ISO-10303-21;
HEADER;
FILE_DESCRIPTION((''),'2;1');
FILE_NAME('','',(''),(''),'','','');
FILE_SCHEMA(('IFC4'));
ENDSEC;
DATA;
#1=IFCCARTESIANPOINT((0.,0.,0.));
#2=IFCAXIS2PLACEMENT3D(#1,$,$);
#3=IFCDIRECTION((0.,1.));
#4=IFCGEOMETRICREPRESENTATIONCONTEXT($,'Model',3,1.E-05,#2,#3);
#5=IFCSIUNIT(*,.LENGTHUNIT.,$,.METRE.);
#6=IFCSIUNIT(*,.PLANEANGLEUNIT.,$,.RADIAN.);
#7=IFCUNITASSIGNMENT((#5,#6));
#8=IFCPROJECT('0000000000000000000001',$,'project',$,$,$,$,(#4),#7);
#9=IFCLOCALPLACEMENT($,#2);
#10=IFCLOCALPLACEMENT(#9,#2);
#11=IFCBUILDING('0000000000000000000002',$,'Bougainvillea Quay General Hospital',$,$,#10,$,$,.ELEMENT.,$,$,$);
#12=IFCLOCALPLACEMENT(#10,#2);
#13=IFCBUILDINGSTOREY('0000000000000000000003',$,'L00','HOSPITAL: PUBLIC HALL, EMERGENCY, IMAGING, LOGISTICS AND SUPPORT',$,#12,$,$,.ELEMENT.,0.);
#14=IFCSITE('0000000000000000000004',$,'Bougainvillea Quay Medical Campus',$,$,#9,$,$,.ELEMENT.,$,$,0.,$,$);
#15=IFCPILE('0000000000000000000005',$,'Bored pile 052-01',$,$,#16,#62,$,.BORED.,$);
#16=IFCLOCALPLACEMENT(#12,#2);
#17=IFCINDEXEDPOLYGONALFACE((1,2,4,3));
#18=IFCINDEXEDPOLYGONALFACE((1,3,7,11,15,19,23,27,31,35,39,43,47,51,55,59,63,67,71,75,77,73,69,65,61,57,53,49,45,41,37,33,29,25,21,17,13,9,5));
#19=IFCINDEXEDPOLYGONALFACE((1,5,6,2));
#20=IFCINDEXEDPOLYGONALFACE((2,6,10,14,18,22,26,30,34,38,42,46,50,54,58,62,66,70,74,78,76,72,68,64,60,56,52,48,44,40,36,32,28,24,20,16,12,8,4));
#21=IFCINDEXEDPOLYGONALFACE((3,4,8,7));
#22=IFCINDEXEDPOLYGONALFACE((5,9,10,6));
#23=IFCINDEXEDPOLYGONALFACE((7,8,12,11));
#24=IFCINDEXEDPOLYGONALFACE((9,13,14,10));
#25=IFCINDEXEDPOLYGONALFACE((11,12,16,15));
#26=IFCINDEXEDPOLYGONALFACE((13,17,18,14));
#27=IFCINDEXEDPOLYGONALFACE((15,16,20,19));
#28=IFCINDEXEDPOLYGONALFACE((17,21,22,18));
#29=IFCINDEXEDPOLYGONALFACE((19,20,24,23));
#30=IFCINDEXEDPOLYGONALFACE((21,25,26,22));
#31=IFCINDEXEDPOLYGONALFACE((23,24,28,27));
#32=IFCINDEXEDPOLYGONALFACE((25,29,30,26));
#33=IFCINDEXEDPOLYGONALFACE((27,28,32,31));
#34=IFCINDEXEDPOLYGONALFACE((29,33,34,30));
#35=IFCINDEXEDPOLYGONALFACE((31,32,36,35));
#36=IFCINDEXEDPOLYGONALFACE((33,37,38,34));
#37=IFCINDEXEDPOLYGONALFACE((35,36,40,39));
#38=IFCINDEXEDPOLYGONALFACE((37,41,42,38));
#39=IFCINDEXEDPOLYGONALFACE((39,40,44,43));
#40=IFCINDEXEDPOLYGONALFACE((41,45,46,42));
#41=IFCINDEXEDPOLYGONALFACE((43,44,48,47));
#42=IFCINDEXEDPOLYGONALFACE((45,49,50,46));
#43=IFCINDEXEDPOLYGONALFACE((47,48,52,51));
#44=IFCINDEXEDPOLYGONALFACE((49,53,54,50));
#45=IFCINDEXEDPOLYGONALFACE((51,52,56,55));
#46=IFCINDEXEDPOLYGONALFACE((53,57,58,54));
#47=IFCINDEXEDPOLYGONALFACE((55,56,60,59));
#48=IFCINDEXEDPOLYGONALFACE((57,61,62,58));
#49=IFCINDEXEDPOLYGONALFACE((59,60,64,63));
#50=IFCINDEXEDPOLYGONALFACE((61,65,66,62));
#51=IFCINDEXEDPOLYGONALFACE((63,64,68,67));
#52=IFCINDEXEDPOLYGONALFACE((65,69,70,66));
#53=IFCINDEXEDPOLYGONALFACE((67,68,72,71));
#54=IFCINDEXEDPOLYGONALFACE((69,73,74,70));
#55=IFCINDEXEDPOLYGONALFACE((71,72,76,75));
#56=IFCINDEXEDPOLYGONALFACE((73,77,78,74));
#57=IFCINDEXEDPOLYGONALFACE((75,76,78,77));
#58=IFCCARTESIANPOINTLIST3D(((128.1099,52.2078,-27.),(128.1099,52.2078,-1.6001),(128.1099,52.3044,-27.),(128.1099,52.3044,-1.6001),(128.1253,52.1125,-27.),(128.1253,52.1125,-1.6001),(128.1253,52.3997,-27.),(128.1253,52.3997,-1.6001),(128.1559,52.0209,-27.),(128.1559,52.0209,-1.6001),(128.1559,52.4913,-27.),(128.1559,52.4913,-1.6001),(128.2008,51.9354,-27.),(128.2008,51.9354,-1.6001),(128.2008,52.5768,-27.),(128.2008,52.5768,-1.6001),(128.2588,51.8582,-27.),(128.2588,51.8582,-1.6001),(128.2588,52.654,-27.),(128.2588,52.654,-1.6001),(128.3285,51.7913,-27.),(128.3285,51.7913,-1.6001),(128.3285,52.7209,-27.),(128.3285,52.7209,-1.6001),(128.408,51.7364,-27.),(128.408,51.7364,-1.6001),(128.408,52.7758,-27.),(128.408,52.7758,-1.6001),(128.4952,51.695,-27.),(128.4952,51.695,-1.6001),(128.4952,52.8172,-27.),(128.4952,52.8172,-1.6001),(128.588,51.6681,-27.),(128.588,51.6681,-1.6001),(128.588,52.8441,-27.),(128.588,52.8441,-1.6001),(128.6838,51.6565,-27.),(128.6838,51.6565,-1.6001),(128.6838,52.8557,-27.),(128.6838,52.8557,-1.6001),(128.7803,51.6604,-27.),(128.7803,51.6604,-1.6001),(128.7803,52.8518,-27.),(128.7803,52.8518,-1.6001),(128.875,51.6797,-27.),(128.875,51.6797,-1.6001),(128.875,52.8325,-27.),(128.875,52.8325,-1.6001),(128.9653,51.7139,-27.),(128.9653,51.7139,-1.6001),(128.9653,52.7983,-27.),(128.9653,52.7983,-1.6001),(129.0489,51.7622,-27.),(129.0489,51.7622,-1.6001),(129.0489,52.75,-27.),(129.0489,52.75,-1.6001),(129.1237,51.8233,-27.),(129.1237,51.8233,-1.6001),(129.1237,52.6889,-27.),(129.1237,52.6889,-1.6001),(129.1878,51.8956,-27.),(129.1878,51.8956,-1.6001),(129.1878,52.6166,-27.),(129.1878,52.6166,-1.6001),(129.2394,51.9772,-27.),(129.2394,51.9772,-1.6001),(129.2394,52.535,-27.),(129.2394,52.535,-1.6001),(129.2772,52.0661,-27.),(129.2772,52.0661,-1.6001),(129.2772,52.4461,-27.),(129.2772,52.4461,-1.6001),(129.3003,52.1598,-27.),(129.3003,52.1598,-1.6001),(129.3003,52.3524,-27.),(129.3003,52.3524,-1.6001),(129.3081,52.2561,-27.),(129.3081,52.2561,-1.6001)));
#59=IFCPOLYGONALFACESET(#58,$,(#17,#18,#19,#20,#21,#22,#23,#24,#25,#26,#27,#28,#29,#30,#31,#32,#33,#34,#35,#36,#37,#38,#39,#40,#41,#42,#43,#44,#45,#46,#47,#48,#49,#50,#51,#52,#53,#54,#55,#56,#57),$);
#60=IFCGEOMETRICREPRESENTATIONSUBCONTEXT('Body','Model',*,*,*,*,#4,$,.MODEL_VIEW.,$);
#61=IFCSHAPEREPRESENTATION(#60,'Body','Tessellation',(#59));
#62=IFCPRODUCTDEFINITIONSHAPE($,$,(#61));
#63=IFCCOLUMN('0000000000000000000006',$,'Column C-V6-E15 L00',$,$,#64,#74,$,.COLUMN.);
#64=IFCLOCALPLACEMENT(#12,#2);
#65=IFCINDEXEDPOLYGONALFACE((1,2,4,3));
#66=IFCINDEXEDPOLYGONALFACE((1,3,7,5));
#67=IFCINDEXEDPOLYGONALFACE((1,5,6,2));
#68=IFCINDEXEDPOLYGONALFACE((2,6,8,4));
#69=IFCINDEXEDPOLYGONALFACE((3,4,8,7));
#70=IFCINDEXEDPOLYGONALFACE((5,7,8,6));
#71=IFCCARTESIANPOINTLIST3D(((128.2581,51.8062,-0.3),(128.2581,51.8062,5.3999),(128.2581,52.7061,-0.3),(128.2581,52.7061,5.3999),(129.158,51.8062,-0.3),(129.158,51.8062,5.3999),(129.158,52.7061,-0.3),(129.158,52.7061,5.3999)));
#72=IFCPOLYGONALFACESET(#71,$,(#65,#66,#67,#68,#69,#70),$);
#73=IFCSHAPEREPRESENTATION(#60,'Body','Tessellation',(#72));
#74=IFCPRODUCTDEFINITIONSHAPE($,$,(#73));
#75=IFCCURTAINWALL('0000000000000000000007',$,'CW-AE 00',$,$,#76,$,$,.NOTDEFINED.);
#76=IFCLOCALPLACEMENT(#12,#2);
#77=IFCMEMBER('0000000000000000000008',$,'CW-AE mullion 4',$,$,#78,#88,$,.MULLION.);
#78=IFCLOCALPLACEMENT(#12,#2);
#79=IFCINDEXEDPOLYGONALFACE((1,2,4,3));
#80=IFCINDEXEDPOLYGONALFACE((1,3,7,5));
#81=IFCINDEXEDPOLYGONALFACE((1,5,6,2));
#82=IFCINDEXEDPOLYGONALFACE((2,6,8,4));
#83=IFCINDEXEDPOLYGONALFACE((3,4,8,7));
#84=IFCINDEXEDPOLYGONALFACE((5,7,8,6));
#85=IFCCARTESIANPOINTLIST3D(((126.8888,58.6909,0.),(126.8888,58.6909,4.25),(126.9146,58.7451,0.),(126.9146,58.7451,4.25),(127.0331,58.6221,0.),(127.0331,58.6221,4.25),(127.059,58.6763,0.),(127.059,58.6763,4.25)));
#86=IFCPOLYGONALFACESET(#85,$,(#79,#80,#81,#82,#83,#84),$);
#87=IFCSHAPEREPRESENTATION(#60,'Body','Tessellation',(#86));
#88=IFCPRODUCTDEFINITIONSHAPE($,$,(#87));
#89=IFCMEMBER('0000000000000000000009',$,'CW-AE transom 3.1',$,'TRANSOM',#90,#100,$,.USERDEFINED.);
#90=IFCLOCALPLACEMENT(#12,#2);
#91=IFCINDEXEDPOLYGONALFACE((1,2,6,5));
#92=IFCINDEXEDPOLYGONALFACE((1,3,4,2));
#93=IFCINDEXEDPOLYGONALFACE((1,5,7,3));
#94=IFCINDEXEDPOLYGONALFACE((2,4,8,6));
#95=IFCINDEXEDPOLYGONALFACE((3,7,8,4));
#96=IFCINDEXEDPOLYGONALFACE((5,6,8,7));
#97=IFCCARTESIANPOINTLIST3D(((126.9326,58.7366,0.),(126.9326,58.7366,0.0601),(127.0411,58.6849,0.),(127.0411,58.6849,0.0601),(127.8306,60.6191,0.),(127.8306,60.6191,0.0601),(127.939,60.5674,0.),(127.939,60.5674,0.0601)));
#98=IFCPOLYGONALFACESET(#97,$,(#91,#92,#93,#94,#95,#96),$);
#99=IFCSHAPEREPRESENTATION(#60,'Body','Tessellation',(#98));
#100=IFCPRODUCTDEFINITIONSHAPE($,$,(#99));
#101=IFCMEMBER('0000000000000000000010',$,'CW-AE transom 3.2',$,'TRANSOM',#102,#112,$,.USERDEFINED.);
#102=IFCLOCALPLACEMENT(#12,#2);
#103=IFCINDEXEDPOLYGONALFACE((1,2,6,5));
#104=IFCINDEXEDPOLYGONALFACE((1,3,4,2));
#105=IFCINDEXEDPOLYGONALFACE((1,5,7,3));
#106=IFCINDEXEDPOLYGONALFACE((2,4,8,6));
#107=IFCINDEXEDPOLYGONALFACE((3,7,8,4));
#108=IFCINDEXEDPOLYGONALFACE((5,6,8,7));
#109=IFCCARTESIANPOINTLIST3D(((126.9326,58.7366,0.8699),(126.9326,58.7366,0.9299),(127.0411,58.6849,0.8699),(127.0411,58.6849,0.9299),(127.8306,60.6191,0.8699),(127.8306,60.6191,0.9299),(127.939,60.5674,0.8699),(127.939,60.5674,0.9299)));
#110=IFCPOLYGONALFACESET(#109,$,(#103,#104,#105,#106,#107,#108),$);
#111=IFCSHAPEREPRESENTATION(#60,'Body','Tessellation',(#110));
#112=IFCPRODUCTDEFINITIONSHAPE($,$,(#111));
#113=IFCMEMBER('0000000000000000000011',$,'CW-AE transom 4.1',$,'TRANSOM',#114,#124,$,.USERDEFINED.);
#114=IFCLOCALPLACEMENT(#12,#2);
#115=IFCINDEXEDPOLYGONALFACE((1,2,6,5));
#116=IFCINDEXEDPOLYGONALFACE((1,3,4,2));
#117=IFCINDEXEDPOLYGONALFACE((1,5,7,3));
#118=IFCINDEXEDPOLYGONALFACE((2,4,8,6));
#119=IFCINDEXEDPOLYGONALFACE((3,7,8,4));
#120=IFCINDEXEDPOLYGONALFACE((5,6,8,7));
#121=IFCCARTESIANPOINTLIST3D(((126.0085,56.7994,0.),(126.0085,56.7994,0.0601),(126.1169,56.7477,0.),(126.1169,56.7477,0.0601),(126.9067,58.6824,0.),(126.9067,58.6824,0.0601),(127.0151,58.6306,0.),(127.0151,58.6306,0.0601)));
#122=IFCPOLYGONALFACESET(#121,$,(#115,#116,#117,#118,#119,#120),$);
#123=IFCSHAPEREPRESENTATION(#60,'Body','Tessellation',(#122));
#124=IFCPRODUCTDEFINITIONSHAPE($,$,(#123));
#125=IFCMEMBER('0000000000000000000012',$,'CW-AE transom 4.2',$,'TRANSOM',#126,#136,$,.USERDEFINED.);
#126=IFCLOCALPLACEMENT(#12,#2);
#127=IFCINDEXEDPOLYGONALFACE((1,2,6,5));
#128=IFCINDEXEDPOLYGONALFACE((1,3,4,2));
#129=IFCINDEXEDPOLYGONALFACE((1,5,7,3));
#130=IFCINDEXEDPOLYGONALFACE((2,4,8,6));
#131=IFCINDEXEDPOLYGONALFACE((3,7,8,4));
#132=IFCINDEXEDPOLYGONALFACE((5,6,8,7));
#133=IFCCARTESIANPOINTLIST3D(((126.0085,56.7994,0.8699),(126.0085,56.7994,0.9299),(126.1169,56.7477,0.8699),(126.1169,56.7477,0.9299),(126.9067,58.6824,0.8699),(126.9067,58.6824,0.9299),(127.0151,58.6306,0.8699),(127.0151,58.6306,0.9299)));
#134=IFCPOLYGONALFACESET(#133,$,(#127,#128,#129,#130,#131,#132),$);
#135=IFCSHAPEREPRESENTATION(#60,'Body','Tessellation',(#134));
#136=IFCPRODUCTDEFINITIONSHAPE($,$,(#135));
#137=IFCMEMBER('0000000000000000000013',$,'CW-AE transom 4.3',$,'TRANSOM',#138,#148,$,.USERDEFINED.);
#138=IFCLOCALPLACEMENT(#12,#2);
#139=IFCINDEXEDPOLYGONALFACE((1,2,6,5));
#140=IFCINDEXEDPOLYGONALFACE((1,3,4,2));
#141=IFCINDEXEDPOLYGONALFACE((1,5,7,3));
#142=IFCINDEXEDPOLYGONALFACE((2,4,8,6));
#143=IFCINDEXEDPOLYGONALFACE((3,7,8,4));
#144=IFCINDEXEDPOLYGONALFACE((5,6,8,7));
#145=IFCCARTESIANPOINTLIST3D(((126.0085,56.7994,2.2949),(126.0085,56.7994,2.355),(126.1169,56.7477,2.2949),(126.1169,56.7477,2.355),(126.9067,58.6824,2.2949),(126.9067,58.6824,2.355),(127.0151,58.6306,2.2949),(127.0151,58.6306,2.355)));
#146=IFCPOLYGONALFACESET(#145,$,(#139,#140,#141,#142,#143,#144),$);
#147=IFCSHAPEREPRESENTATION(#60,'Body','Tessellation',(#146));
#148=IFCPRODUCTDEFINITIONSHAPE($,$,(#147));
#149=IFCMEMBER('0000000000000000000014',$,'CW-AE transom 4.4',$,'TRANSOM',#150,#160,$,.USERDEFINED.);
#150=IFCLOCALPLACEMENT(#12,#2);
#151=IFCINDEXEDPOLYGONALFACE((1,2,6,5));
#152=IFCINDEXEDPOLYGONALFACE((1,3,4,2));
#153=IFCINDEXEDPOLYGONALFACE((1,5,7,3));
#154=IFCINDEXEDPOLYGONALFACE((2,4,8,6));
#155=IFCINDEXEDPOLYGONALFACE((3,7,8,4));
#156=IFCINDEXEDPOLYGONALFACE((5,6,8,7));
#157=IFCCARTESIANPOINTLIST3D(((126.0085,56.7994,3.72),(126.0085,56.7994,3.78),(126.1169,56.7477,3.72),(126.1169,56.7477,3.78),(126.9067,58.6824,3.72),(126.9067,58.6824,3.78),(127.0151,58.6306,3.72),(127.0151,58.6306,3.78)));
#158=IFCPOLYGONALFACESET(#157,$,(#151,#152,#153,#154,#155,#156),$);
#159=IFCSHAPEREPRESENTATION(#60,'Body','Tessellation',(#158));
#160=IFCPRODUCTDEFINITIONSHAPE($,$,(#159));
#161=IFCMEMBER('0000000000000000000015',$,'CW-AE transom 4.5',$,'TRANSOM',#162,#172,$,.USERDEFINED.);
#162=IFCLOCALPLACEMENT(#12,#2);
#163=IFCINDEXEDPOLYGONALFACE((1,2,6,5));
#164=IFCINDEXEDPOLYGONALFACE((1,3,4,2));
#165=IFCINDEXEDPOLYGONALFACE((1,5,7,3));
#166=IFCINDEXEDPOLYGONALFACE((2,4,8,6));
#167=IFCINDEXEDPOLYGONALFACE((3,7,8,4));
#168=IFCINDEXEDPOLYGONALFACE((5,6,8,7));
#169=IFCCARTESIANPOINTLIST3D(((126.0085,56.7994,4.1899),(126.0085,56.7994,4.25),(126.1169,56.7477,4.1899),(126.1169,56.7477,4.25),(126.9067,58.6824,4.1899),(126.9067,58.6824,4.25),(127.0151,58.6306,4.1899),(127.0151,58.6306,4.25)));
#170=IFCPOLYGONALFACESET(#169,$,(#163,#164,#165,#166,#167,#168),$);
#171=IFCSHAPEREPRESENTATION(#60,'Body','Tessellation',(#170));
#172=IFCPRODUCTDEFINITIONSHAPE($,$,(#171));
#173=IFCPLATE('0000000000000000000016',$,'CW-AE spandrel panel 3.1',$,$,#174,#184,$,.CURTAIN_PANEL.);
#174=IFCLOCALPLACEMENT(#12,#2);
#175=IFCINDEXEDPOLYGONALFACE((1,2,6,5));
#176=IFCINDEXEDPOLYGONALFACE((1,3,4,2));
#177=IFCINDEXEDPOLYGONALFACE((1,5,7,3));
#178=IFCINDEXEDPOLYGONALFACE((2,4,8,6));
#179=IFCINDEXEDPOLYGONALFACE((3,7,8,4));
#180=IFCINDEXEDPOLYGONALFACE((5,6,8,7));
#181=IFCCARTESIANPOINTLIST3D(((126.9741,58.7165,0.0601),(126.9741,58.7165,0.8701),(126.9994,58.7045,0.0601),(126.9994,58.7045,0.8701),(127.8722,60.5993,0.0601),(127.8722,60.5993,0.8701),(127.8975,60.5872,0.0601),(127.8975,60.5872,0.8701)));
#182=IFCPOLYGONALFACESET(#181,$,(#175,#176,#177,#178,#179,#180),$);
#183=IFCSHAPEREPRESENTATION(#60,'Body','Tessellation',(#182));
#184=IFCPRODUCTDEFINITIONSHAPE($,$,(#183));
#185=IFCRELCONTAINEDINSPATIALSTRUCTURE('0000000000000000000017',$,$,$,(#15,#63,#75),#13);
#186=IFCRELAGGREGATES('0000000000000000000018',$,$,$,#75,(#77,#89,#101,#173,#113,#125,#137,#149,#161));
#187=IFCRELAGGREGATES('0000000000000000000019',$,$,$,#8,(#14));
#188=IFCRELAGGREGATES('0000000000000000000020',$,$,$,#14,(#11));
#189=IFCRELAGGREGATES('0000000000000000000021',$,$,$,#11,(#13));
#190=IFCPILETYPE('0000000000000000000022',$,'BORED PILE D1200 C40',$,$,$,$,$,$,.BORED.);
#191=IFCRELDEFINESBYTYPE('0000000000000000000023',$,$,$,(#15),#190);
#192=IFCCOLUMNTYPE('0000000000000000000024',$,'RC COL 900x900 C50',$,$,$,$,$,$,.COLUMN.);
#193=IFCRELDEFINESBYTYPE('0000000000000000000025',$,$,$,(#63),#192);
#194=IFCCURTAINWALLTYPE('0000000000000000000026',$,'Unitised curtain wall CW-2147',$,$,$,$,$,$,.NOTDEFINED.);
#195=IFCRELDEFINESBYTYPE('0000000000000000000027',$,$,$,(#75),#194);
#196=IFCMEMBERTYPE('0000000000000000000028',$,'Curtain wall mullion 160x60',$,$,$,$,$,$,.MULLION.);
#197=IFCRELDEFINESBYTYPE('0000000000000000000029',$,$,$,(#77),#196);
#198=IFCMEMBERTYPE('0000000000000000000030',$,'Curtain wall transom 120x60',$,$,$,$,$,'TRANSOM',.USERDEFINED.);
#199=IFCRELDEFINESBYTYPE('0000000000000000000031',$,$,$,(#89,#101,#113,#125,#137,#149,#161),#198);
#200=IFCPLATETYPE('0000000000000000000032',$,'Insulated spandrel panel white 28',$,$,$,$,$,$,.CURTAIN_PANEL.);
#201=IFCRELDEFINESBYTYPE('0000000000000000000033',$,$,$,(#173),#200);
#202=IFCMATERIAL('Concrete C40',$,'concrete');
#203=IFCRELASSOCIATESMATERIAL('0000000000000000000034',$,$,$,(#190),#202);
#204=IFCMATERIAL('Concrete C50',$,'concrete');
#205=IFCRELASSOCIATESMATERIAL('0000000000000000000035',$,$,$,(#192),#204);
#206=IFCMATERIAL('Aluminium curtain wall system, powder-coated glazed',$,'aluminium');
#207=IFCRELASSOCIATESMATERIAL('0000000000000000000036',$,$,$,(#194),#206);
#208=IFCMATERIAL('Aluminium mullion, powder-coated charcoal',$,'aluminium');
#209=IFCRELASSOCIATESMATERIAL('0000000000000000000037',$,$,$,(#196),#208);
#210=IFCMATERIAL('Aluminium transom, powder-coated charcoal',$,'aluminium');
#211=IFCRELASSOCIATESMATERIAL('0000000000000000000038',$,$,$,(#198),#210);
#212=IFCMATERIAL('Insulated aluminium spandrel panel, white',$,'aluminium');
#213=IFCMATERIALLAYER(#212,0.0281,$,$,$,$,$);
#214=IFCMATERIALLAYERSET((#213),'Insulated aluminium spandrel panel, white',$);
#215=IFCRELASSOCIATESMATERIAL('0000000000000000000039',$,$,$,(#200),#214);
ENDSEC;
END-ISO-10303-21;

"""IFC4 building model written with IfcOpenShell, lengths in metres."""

from ifc_helpers import new_model, si_unit, direction, frame, origin, origin_2d, place, context, subcontext, project, spatial, rectangle, circle, extrude, material, layer, layer_set, material_profile, profile_set, type_object, element, aggregate, save


model = new_model("IFC4")

# Units and contexts
model_context = context("Model", 3, precision=1e-05, world=origin(), true_north=direction((0.0, 1.0)))
body_context = subcontext(model_context, "Body", "Model", "MODEL_VIEW")
ifc_project = project(units=[si_unit("LENGTHUNIT", "METRE"), si_unit("PLANEANGLEUNIT", "RADIAN")], contexts=[model_context])

# Site, building, storey
site_placement = place(None, origin())
site = spatial("IfcSite", under=ifc_project, at=site_placement, Name="Bougainvillea Quay Medical Campus", CompositionType="ELEMENT", RefElevation=0.0)
building_placement = place(site_placement, origin())
building = spatial("IfcBuilding", under=site, at=building_placement, Name="Bougainvillea Quay General Hospital", CompositionType="ELEMENT")
storey_placement = place(building_placement, origin())
storey = spatial("IfcBuildingStorey", under=building, at=storey_placement, Name="L00", Description="HOSPITAL: PUBLIC HALL, EMERGENCY, IMAGING, LOGISTICS AND SUPPORT", CompositionType="ELEMENT", Elevation=0.0)

# Pile
ifc_material_1 = material(Name="Concrete C40", Category="concrete")
ifc_material_profile_1 = material_profile(ifc_material_1, circle(Radius=0.6001, at=origin_2d()))
ifc_profile_set_1 = profile_set([ifc_material_profile_1], Name="Concrete C40")
pile_type = type_object("IfcPileType", Name="BORED PILE D1200 C40", PredefinedType="BORED", material=ifc_profile_set_1)
pile_placement = place(storey_placement, frame((128.708, 52.2561, -1.6001), z_axis=(0.0, 0.0, -1.0), x_axis=(1.0, 0.0, 0.0)))
element("IfcPile", 1, at=pile_placement, inside=storey, type_object=pile_type, Name="Bored pile 052-01", PredefinedType="BORED", context=body_context, shape_type="SweptSolid", body=[
    extrude(circle(Radius=0.6001, at=origin_2d()), origin(), (0.0, 0.0, 1.0), 25.3999),
])

# Column
ifc_material_2 = material(Name="Concrete C50", Category="concrete")
ifc_material_profile_2 = material_profile(ifc_material_2, rectangle(XDim=0.8999, YDim=0.8999, at=origin_2d()))
ifc_profile_set_2 = profile_set([ifc_material_profile_2], Name="Concrete C50")
column_type = type_object("IfcColumnType", Name="RC COL 900x900 C50", PredefinedType="COLUMN", material=ifc_profile_set_2)
column_placement = place(storey_placement, frame((128.708, 52.2561, -0.3), z_axis=(0.0, 0.0, 1.0), x_axis=(1.0, 0.0, 0.0)))
element("IfcColumn", 2, at=column_placement, inside=storey, type_object=column_type, Name="Column C-V6-E15 L00", PredefinedType="COLUMN", context=body_context, shape_type="SweptSolid", body=[
    extrude(rectangle(XDim=0.8999, YDim=0.8999, at=origin_2d()), origin(), (0.0, 0.0, 1.0), 5.7),
])

# Curtain wall, members, plate
ifc_material_3 = material(Name="Aluminium curtain wall system, powder-coated glazed", Category="aluminium")
curtain_wall_type_1 = type_object("IfcCurtainWallType", Name="Unitised curtain wall CW-2147", PredefinedType="NOTDEFINED", material=ifc_material_3)
curtain_wall_1_placement = place(storey_placement, origin())
curtain_wall_1 = element("IfcCurtainWall", 3, at=curtain_wall_1_placement, inside=storey, type_object=curtain_wall_type_1, Name="CW-AE 00", PredefinedType="NOTDEFINED")
ifc_material_4 = material(Name="Aluminium mullion, powder-coated charcoal", Category="aluminium")
ifc_material_profile_3 = material_profile(ifc_material_4, rectangle(XDim=0.1599, YDim=0.0601, at=origin_2d()))
ifc_profile_set_3 = profile_set([ifc_material_profile_3], Name="Aluminium mullion, powder-coated charcoal")
member_type_1 = type_object("IfcMemberType", Name="Curtain wall mullion 160x60", PredefinedType="MULLION", material=ifc_profile_set_3)
member_1_placement = place(storey_placement, frame((126.9739, 58.6836, 0.0), z_axis=(0.0, 0.0, 1.0), x_axis=(0.902576, -0.43053, 0.0)))
member_1 = element("IfcMember", 4, at=member_1_placement, type_object=member_type_1, Name="CW-AE mullion 4", PredefinedType="MULLION", context=body_context, shape_type="SweptSolid", body=[
    extrude(rectangle(XDim=0.1599, YDim=0.0601, at=origin_2d()), origin(), (0.0, 0.0, 1.0), 4.25),
])
ifc_material_5 = material(Name="Aluminium transom, powder-coated charcoal", Category="aluminium")
ifc_material_profile_4 = material_profile(ifc_material_5, rectangle(XDim=0.1201, YDim=0.0601, at=origin_2d()))
ifc_profile_set_4 = profile_set([ifc_material_profile_4], Name="Aluminium transom, powder-coated charcoal")
member_type_2 = type_object("IfcMemberType", Name="Curtain wall transom 120x60", ElementType="TRANSOM", PredefinedType="USERDEFINED", material=ifc_profile_set_4)
member_2_placement = place(storey_placement, frame((127.8848, 60.5933, 0.03), z_axis=(-0.430515, -0.902583, 0.0), x_axis=(0.902583, -0.430515, 0.0)))
member_2 = element("IfcMember", 5, at=member_2_placement, type_object=member_type_2, Name="CW-AE transom 3.1", ObjectType="TRANSOM", PredefinedType="USERDEFINED", context=body_context, shape_type="SweptSolid", body=[
    extrude(rectangle(XDim=0.1201, YDim=0.0601, at=origin_2d()), origin(), (0.0, 0.0, 1.0), 2.0857),
])
member_3_placement = place(storey_placement, frame((127.8848, 60.5933, 0.8999), z_axis=(-0.430515, -0.902583, 0.0), x_axis=(0.902583, -0.430515, 0.0)))
member_3 = element("IfcMember", 6, at=member_3_placement, type_object=member_type_2, Name="CW-AE transom 3.2", ObjectType="TRANSOM", PredefinedType="USERDEFINED", context=body_context, shape_type="SweptSolid", body=[
    extrude(rectangle(XDim=0.1201, YDim=0.0601, at=origin_2d()), origin(), (0.0, 0.0, 1.0), 2.0857),
])
member_4_placement = place(storey_placement, frame((126.9609, 58.6565, 0.03), z_axis=(-0.430565, -0.90256, 0.0), x_axis=(0.90256, -0.430565, 0.0)))
member_4 = element("IfcMember", 7, at=member_4_placement, type_object=member_type_2, Name="CW-AE transom 4.1", ObjectType="TRANSOM", PredefinedType="USERDEFINED", context=body_context, shape_type="SweptSolid", body=[
    extrude(rectangle(XDim=0.1201, YDim=0.0601, at=origin_2d()), origin(), (0.0, 0.0, 1.0), 2.0862),
])
member_5_placement = place(storey_placement, frame((126.9609, 58.6565, 0.8999), z_axis=(-0.430565, -0.90256, 0.0), x_axis=(0.90256, -0.430565, 0.0)))
member_5 = element("IfcMember", 8, at=member_5_placement, type_object=member_type_2, Name="CW-AE transom 4.2", ObjectType="TRANSOM", PredefinedType="USERDEFINED", context=body_context, shape_type="SweptSolid", body=[
    extrude(rectangle(XDim=0.1201, YDim=0.0601, at=origin_2d()), origin(), (0.0, 0.0, 1.0), 2.0862),
])
member_6_placement = place(storey_placement, frame((126.9609, 58.6565, 2.325), z_axis=(-0.430565, -0.90256, 0.0), x_axis=(0.90256, -0.430565, 0.0)))
member_6 = element("IfcMember", 9, at=member_6_placement, type_object=member_type_2, Name="CW-AE transom 4.3", ObjectType="TRANSOM", PredefinedType="USERDEFINED", context=body_context, shape_type="SweptSolid", body=[
    extrude(rectangle(XDim=0.1201, YDim=0.0601, at=origin_2d()), origin(), (0.0, 0.0, 1.0), 2.0862),
])
member_7_placement = place(storey_placement, frame((126.9609, 58.6565, 3.75), z_axis=(-0.430565, -0.90256, 0.0), x_axis=(0.90256, -0.430565, 0.0)))
member_7 = element("IfcMember", 10, at=member_7_placement, type_object=member_type_2, Name="CW-AE transom 4.4", ObjectType="TRANSOM", PredefinedType="USERDEFINED", context=body_context, shape_type="SweptSolid", body=[
    extrude(rectangle(XDim=0.1201, YDim=0.0601, at=origin_2d()), origin(), (0.0, 0.0, 1.0), 2.0862),
])
member_8_placement = place(storey_placement, frame((126.9609, 58.6565, 4.22), z_axis=(-0.430565, -0.90256, 0.0), x_axis=(0.90256, -0.430565, 0.0)))
member_8 = element("IfcMember", 11, at=member_8_placement, type_object=member_type_2, Name="CW-AE transom 4.5", ObjectType="TRANSOM", PredefinedType="USERDEFINED", context=body_context, shape_type="SweptSolid", body=[
    extrude(rectangle(XDim=0.1201, YDim=0.0601, at=origin_2d()), origin(), (0.0, 0.0, 1.0), 2.0862),
])
ifc_material_6 = material(Name="Insulated aluminium spandrel panel, white", Category="aluminium")
ifc_layer_1 = layer(ifc_material_6, 0.0281)
ifc_layer_set_1 = layer_set([ifc_layer_1], Name="Insulated aluminium spandrel panel, white")
plate_type_1 = type_object("IfcPlateType", Name="Insulated spandrel panel white 28", PredefinedType="CURTAIN_PANEL", material=ifc_layer_set_1)
plate_1_placement = place(storey_placement, frame((127.4358, 59.6519, 0.0601), z_axis=(0.0, 0.0, 1.0), x_axis=(-0.43053, -0.902576, 0.0)))
plate_1 = element("IfcPlate", 12, at=plate_1_placement, type_object=plate_type_1, Name="CW-AE spandrel panel 3.1", PredefinedType="CURTAIN_PANEL", context=body_context, shape_type="SweptSolid", body=[
    extrude(rectangle(XDim=2.0859, YDim=0.0281, at=origin_2d()), origin(), (0.0, 0.0, 1.0), 0.8101),
])

aggregate(curtain_wall_1, [member_1, member_2, member_3, plate_1, member_4, member_5, member_6, member_7, member_8])

save(model, "model.ifc")
